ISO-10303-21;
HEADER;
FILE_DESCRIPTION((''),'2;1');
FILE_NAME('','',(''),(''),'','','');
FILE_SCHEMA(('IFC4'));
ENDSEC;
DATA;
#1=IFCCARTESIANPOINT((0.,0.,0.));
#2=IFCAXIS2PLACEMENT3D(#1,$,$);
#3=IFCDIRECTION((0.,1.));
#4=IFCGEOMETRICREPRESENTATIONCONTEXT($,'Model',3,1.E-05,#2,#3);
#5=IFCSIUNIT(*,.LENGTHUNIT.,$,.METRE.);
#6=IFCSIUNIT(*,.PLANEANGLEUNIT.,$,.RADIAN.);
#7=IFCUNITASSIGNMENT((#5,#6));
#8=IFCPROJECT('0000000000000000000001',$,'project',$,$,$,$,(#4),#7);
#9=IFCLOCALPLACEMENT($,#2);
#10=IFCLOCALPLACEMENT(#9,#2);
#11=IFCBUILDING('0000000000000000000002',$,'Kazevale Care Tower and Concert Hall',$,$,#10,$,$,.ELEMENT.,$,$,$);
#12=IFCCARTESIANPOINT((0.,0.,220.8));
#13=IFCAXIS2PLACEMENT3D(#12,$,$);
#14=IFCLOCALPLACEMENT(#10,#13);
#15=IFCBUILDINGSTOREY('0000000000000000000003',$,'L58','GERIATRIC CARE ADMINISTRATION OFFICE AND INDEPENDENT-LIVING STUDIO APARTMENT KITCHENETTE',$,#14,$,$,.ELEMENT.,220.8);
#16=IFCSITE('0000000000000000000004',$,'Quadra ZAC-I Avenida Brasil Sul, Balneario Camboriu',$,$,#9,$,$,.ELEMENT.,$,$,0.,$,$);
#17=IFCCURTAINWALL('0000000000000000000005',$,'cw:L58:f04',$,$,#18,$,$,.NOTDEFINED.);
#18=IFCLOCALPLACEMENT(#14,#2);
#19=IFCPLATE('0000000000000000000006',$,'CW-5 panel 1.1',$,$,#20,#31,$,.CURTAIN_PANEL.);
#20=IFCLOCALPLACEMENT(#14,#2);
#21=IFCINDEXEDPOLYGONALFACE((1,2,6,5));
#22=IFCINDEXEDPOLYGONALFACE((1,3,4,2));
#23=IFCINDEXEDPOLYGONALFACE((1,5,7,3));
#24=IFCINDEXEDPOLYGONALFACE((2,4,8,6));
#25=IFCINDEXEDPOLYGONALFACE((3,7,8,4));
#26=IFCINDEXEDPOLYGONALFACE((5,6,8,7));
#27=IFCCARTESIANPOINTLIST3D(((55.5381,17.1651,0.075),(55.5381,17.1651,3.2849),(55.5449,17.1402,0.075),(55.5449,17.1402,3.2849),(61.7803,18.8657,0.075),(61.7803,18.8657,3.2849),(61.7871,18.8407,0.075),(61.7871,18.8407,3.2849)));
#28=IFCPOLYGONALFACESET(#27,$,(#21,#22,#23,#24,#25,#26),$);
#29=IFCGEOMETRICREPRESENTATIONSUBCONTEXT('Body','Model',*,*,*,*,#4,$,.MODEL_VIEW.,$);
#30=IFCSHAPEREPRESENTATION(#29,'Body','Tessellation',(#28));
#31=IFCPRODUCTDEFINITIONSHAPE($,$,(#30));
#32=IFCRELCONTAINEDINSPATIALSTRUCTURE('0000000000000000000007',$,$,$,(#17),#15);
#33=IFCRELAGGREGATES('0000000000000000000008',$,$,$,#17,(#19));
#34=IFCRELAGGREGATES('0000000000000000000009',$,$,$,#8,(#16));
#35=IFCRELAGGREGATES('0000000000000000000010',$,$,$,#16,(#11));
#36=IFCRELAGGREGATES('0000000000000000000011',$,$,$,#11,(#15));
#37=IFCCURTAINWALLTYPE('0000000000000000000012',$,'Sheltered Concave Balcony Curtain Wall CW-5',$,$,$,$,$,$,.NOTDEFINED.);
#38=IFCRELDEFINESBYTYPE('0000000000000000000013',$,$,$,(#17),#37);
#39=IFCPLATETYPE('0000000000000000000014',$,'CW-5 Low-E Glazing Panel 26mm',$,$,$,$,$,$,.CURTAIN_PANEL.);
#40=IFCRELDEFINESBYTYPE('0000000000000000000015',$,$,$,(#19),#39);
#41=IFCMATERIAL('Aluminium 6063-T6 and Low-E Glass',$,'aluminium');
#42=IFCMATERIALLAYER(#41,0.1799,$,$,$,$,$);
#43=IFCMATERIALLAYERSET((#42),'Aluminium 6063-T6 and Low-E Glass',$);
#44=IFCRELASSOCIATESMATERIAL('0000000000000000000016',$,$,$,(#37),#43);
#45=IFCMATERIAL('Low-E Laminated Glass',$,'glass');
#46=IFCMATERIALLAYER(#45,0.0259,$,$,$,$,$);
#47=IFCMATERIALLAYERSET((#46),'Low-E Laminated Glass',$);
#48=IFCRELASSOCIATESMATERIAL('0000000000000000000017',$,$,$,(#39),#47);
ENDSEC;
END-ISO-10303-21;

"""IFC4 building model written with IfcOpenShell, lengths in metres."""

from ifc_helpers import new_model, si_unit, direction, frame, origin, origin_2d, place, context, subcontext, project, spatial, rectangle, extrude, material, layer, layer_set, type_object, element, aggregate, save


model = new_model("IFC4")

# Units and contexts
model_context = context("Model", 3, precision=1e-05, world=origin(), true_north=direction((0.0, 1.0)))
body_context = subcontext(model_context, "Body", "Model", "MODEL_VIEW")
ifc_project = project(units=[si_unit("LENGTHUNIT", "METRE"), si_unit("PLANEANGLEUNIT", "RADIAN")], contexts=[model_context])

# Site, building, storey
site_placement = place(None, origin())
site = spatial("IfcSite", under=ifc_project, at=site_placement, Name="Quadra ZAC-I Avenida Brasil Sul, Balneario Camboriu", CompositionType="ELEMENT", RefElevation=0.0)
building_placement = place(site_placement, origin())
building = spatial("IfcBuilding", under=site, at=building_placement, Name="Kazevale Care Tower and Concert Hall", CompositionType="ELEMENT")
storey_placement = place(building_placement, frame((0.0, 0.0, 220.8)))
storey = spatial("IfcBuildingStorey", under=building, at=storey_placement, Name="L58", Description="GERIATRIC CARE ADMINISTRATION OFFICE AND INDEPENDENT-LIVING STUDIO APARTMENT KITCHENETTE", CompositionType="ELEMENT", Elevation=220.8)

# Shared definitions
ifc_material_1 = material(Name="Aluminium 6063-T6 and Low-E Glass", Category="aluminium")
ifc_layer_1 = layer(ifc_material_1, 0.1799)
ifc_layer_set_1 = layer_set([ifc_layer_1], Name="Aluminium 6063-T6 and Low-E Glass")
curtain_wall_type = type_object("IfcCurtainWallType", Name="Sheltered Concave Balcony Curtain Wall CW-5", PredefinedType="NOTDEFINED", material=ifc_layer_set_1)

# Curtain wall
curtain_wall_1_placement = place(storey_placement, origin())
curtain_wall_1 = element("IfcCurtainWall", 1, at=curtain_wall_1_placement, inside=storey, type_object=curtain_wall_type, Name="cw:L58:f04", PredefinedType="NOTDEFINED")

# Plate
ifc_material_2 = material(Name="Low-E Laminated Glass", Category="glass")
ifc_layer_2 = layer(ifc_material_2, 0.0259)
ifc_layer_set_2 = layer_set([ifc_layer_2], Name="Low-E Laminated Glass")
plate_type = type_object("IfcPlateType", Name="CW-5 Low-E Glazing Panel 26mm", PredefinedType="CURTAIN_PANEL", material=ifc_layer_set_2)
plate_1_placement = place(storey_placement, frame((58.6626, 18.0029, 0.075), z_axis=(0.0, 0.0, 1.0), x_axis=(-0.964837, -0.262849, 0.0)))
plate_1 = element("IfcPlate", 2, at=plate_1_placement, type_object=plate_type, Name="CW-5 panel 1.1", PredefinedType="CURTAIN_PANEL", context=body_context, shape_type="SweptSolid", body=[
    extrude(rectangle(XDim=6.4697, YDim=0.0259, at=origin_2d()), origin(), (0.0, 0.0, 1.0), 3.21),
])
aggregate(curtain_wall_1, [plate_1])

save(model, "model.ifc")
